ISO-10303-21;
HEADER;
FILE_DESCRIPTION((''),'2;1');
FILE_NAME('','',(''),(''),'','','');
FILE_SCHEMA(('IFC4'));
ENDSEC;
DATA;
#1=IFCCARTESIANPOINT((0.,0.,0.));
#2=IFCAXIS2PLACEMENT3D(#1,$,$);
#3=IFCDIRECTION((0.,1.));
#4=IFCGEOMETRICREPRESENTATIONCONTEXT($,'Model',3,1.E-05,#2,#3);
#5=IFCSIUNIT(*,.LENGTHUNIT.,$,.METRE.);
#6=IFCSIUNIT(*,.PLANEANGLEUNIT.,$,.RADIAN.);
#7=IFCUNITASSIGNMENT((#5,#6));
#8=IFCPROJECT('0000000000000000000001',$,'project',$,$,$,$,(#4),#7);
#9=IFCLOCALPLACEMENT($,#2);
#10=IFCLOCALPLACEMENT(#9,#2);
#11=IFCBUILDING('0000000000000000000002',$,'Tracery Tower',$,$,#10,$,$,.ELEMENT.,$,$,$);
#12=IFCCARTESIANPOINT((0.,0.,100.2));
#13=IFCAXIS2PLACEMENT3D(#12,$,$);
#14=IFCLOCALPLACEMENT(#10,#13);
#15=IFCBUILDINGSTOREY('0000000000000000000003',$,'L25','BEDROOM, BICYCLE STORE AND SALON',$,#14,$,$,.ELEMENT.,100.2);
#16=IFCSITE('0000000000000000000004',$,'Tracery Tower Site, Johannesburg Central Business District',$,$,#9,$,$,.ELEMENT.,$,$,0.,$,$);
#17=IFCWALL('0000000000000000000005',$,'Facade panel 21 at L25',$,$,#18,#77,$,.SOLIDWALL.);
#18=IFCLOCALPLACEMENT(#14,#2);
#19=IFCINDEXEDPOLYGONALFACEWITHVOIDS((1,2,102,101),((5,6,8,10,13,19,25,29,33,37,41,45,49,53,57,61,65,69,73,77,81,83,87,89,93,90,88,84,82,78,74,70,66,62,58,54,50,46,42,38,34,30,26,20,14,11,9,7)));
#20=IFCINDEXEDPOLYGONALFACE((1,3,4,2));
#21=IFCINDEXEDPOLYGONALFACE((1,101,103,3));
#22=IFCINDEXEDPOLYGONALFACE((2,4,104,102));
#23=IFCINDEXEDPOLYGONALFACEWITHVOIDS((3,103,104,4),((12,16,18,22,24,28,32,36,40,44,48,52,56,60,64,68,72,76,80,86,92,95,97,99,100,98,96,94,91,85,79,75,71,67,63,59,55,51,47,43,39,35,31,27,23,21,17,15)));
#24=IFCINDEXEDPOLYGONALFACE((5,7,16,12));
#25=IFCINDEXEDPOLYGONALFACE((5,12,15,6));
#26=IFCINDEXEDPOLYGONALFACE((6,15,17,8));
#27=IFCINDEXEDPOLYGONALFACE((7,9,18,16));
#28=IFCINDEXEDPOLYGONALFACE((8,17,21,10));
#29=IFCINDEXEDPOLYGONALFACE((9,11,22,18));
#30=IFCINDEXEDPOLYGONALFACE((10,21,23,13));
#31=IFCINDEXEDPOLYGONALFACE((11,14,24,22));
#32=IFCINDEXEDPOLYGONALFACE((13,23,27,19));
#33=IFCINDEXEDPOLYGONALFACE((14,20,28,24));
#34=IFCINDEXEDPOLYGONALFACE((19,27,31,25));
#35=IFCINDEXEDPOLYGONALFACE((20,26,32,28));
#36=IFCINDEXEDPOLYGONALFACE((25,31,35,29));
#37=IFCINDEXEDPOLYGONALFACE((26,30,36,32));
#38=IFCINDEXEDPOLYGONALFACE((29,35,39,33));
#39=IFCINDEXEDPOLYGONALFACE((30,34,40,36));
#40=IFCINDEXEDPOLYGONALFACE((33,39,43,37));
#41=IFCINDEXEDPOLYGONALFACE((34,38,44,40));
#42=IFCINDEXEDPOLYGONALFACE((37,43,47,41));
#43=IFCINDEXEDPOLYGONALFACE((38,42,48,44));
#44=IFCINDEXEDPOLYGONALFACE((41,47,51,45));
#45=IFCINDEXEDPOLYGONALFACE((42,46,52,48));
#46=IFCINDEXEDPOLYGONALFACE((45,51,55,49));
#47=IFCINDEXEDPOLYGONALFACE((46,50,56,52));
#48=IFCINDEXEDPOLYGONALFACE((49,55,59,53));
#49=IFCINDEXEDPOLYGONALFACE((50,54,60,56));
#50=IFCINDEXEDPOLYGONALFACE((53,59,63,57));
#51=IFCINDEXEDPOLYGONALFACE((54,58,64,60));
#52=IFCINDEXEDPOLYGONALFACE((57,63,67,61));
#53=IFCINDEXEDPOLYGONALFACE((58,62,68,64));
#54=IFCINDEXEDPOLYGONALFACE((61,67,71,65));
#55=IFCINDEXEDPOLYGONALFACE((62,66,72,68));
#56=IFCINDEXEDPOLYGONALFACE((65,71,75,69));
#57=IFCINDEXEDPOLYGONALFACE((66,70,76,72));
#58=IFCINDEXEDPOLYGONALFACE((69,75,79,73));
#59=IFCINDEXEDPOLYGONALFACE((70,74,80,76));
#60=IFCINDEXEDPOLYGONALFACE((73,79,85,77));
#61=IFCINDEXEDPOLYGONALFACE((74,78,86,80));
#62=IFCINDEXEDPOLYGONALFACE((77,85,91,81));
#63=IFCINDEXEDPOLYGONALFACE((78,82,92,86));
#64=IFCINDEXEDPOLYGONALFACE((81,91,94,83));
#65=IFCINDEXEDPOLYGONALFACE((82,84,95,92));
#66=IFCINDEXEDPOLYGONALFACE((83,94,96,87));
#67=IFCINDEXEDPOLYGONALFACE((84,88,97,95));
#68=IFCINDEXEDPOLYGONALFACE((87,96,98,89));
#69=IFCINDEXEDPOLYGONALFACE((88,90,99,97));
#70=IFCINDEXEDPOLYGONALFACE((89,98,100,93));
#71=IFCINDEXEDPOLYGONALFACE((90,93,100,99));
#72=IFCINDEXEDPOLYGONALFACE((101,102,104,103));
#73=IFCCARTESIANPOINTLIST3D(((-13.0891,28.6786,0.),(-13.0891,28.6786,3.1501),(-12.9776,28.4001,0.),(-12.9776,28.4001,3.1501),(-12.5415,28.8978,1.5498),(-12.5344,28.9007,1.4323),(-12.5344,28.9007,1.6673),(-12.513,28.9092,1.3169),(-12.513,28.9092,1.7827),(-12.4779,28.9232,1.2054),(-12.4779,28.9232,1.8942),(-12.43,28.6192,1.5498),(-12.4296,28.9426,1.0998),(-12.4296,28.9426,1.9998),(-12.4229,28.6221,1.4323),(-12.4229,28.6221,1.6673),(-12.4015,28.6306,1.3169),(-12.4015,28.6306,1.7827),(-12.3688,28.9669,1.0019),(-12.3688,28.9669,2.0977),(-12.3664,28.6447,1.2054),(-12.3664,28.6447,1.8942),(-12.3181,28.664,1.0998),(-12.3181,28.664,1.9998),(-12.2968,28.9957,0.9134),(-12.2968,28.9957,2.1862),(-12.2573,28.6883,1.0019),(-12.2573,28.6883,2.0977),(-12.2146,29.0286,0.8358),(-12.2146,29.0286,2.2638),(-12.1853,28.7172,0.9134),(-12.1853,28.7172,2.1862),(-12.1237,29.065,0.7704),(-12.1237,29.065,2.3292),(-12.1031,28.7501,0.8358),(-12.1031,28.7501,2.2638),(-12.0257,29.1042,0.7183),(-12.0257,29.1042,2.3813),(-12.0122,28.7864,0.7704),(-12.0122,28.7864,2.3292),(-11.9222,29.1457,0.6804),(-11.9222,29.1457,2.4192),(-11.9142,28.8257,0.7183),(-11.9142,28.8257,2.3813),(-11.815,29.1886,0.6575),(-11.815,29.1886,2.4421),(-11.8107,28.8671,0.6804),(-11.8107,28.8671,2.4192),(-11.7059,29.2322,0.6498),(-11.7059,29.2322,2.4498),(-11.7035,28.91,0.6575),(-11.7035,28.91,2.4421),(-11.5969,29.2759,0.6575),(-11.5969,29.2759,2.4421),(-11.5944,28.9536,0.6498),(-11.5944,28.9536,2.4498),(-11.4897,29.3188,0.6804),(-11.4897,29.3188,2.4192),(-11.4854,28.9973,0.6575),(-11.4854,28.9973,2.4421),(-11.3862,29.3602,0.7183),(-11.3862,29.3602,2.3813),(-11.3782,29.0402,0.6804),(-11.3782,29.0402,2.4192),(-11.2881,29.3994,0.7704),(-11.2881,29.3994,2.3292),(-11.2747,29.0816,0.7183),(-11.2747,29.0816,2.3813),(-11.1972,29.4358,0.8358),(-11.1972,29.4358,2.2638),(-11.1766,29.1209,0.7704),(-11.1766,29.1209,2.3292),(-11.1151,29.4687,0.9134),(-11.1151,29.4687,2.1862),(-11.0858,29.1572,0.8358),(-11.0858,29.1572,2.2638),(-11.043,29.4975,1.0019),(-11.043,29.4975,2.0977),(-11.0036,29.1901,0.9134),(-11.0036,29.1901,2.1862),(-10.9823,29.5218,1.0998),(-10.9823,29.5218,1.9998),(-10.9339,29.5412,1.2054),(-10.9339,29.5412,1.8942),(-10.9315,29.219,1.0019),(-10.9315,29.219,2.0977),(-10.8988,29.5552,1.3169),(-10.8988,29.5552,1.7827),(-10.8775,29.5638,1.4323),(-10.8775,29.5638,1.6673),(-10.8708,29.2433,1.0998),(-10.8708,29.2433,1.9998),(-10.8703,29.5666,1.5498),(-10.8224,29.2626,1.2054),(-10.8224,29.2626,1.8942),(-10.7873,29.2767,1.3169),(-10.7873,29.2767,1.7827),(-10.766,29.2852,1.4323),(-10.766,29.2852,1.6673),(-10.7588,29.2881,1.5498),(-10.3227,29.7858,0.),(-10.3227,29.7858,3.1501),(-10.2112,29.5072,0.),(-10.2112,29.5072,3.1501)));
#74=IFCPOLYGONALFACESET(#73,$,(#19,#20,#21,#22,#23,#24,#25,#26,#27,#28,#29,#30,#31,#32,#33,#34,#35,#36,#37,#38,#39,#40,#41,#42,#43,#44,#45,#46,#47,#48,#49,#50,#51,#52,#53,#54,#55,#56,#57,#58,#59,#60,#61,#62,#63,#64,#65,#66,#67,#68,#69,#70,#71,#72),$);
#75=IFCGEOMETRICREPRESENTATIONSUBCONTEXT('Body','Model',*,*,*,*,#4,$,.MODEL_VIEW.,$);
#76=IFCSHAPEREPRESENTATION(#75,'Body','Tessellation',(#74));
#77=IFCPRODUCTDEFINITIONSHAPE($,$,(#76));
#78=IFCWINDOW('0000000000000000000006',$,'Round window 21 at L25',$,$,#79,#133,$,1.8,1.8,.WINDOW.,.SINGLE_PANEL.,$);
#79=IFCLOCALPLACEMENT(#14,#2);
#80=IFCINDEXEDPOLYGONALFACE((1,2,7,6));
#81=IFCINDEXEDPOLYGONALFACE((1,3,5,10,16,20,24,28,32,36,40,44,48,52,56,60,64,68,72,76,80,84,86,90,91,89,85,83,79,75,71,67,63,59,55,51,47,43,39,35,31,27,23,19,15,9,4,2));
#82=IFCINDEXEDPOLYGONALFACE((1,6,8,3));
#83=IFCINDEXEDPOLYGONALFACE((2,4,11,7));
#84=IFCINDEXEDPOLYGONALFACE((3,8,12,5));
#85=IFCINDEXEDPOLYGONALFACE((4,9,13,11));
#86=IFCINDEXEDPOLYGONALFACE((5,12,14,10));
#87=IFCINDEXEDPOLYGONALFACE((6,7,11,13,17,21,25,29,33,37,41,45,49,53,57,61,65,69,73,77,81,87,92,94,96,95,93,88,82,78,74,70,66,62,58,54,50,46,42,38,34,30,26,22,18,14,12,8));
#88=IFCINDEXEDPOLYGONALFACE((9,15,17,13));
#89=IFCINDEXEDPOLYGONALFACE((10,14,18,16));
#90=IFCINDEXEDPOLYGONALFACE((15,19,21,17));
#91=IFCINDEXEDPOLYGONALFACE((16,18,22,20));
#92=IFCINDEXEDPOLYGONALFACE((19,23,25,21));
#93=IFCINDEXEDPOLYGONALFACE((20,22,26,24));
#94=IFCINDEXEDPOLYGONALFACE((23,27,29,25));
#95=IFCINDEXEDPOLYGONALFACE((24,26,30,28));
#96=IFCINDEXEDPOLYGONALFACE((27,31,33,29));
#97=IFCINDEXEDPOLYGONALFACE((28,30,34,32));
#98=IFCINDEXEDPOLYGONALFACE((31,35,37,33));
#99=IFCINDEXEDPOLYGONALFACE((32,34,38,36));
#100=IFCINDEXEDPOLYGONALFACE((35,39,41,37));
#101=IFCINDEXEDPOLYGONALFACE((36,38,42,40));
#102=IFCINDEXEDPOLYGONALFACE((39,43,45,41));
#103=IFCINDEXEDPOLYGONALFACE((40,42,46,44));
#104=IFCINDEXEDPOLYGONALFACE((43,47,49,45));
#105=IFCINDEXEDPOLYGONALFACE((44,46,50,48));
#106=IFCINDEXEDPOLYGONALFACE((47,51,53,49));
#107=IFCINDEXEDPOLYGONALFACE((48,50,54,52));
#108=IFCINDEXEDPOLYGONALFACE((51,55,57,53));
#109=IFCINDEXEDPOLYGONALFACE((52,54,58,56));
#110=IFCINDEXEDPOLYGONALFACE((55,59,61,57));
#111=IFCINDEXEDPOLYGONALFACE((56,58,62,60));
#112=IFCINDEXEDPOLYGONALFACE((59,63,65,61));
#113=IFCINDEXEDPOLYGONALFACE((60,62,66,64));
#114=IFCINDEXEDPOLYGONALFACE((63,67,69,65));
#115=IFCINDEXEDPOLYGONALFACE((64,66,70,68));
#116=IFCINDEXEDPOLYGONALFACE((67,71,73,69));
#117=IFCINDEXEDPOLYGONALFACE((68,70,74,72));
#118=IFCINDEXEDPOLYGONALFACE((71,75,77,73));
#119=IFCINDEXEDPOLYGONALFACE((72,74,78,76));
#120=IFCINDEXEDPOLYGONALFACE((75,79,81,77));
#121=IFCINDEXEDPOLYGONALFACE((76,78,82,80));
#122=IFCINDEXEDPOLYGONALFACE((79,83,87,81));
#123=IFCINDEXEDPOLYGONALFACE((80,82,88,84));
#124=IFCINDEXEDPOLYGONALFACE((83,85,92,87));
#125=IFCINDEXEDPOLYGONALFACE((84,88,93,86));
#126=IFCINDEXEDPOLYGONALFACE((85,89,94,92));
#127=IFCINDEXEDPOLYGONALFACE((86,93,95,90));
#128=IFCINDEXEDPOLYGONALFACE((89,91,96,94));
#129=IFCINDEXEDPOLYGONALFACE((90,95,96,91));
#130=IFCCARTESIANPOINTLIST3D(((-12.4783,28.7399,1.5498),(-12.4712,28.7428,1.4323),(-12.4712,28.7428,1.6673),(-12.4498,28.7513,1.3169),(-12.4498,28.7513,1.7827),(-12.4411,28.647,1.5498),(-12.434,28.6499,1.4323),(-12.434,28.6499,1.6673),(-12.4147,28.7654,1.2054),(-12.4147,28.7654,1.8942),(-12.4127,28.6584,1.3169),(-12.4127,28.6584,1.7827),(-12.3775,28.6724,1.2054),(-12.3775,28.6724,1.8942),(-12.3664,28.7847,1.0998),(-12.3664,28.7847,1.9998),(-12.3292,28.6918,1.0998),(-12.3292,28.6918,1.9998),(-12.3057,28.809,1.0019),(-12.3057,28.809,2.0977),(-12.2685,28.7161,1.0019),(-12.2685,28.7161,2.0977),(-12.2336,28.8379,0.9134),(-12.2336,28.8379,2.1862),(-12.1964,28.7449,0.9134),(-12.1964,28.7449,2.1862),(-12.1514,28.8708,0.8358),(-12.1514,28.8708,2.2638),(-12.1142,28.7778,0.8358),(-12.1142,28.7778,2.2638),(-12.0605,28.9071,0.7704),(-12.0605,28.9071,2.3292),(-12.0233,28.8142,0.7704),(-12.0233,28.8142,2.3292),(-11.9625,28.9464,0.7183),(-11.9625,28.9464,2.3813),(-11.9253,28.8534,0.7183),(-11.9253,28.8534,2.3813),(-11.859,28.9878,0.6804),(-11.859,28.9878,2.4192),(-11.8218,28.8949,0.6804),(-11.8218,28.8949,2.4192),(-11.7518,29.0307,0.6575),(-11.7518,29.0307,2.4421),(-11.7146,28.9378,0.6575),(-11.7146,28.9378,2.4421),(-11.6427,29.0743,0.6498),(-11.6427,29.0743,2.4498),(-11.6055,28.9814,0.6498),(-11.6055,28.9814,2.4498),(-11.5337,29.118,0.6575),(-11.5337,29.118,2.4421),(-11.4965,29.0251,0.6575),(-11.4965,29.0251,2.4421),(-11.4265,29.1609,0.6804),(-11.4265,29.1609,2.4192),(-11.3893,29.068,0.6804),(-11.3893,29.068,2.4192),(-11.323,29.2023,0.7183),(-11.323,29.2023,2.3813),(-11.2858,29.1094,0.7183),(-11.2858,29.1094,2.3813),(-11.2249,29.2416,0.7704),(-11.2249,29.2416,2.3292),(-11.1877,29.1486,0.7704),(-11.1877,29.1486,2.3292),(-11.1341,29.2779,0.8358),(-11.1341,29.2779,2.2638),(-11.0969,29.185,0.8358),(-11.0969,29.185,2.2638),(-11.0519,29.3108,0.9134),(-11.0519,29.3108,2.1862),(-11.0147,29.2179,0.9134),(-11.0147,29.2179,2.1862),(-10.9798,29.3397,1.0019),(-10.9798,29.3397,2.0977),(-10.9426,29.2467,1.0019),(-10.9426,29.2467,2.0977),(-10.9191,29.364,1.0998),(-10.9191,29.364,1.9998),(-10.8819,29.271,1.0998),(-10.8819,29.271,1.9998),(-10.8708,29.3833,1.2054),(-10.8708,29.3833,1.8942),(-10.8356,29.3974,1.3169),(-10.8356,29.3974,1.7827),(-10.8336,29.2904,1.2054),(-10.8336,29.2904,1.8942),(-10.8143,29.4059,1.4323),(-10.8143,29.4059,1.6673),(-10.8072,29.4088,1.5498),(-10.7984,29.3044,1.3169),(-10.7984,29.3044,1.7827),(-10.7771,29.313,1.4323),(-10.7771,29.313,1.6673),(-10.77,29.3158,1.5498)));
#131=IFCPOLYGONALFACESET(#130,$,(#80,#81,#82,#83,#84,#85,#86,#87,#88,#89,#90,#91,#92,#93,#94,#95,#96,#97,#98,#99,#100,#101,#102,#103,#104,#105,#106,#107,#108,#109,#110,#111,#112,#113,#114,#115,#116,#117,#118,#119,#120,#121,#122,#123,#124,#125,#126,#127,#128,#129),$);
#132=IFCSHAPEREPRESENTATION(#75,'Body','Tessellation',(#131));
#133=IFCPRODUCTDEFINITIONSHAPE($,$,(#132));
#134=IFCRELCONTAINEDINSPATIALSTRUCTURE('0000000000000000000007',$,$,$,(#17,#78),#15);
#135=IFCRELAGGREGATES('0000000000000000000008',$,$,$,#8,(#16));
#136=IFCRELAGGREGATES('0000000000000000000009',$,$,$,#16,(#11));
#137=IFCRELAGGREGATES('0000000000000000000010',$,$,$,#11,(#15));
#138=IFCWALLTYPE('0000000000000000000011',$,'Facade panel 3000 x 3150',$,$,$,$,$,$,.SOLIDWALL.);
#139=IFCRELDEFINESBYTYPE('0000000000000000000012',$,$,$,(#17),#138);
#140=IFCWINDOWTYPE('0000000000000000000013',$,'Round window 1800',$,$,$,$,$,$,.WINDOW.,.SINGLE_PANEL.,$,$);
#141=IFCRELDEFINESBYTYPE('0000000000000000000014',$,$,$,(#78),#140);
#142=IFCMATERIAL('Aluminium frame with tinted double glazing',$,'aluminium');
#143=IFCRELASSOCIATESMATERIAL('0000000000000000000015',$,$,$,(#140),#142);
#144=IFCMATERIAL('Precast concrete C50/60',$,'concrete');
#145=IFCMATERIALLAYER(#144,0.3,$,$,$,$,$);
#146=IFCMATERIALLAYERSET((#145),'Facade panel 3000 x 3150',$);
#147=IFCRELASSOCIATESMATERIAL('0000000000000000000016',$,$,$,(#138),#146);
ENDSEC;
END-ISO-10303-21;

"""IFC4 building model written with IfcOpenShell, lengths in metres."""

from ifc_helpers import new_model, si_unit, direction, frame, frame_2d, origin, origin_2d, place, context, subcontext, project, spatial, rectangle, circle, extrude, material, layer, layer_set, type_object, element, fill, save


model = new_model("IFC4")

# Units and contexts
model_context = context("Model", 3, precision=1e-05, world=origin(), true_north=direction((0.0, 1.0)))
body_context = subcontext(model_context, "Body", "Model", "MODEL_VIEW")
ifc_project = project(units=[si_unit("LENGTHUNIT", "METRE"), si_unit("PLANEANGLEUNIT", "RADIAN")], contexts=[model_context])

# Site, building, storey
site_placement = place(None, origin())
site = spatial("IfcSite", under=ifc_project, at=site_placement, Name="Tracery Tower Site, Johannesburg Central Business District", CompositionType="ELEMENT", RefElevation=0.0)
building_placement = place(site_placement, origin())
building = spatial("IfcBuilding", under=site, at=building_placement, Name="Tracery Tower", CompositionType="ELEMENT")
storey_placement = place(building_placement, frame((0.0, 0.0, 100.2)))
storey = spatial("IfcBuildingStorey", under=building, at=storey_placement, Name="L25", Description="BEDROOM, BICYCLE STORE AND SALON", CompositionType="ELEMENT", Elevation=100.2)

# Wall, opening, window
ifc_material_1 = material(Name="Aluminium frame with tinted double glazing", Category="aluminium")
window_type = type_object("IfcWindowType", Name="Round window 1800", PartitioningType="SINGLE_PANEL", PredefinedType="WINDOW", material=ifc_material_1)
ifc_material_2 = material(Name="Precast concrete C50/60", Category="concrete")
ifc_layer_1 = layer(ifc_material_2, 0.3)
ifc_layer_set_1 = layer_set([ifc_layer_1], Name="Facade panel 3000 x 3150")
wall_type_1 = type_object("IfcWallType", Name="Facade panel 3000 x 3150", PredefinedType="SOLIDWALL", material=ifc_layer_set_1)
wall_1_placement = place(storey_placement, frame((-10.2671, 29.6465, 0.0), z_axis=(0.0, 0.0, 1.0), x_axis=(-0.928403, -0.371574, 0.0)))
wall_1 = element("IfcWall", 1, at=wall_1_placement, inside=storey, type_object=wall_type_1, Name="Facade panel 21 at L25", PredefinedType="SOLIDWALL", context=body_context, shape_type="SweptSolid", body=[
    extrude(rectangle(XDim=2.9797, YDim=0.3, at=frame_2d((1.4897, 0.0))), origin(), (0.0, 0.0, 1.0), 3.1501),
])
opening_1_placement = place(wall_1_placement, frame((1.4897, 0.0, 1.5498)))
opening_1 = element("IfcOpeningElement", 2, at=opening_1_placement, cuts=wall_1, PredefinedType="OPENING", context=body_context, shape_type="SweptSolid", body=[
    extrude(circle(Radius=0.9, at=origin_2d()), frame((0.0, 0.1599, 0.0), z_axis=(0.0, -1.0, 0.0), x_axis=(1.0, 0.0, 0.0)), (0.0, 0.0, 1.0), 0.3201),
])
window_1_placement = place(opening_1_placement, origin())
window_1 = element("IfcWindow", 3, at=window_1_placement, inside=storey, type_object=window_type, Name="Round window 21 at L25", OverallHeight=1.8, OverallWidth=1.8, PartitioningType="SINGLE_PANEL", PredefinedType="WINDOW", context=body_context, shape_type="SweptSolid", body=[
    extrude(circle(Radius=0.9, at=origin_2d()), frame((0.0, 0.1201, 0.0), z_axis=(0.0, -1.0, 0.0), x_axis=(1.0, 0.0, 0.0)), (0.0, 0.0, 1.0), 0.1001),
])
fill(opening_1, window_1)

save(model, "model.ifc")
